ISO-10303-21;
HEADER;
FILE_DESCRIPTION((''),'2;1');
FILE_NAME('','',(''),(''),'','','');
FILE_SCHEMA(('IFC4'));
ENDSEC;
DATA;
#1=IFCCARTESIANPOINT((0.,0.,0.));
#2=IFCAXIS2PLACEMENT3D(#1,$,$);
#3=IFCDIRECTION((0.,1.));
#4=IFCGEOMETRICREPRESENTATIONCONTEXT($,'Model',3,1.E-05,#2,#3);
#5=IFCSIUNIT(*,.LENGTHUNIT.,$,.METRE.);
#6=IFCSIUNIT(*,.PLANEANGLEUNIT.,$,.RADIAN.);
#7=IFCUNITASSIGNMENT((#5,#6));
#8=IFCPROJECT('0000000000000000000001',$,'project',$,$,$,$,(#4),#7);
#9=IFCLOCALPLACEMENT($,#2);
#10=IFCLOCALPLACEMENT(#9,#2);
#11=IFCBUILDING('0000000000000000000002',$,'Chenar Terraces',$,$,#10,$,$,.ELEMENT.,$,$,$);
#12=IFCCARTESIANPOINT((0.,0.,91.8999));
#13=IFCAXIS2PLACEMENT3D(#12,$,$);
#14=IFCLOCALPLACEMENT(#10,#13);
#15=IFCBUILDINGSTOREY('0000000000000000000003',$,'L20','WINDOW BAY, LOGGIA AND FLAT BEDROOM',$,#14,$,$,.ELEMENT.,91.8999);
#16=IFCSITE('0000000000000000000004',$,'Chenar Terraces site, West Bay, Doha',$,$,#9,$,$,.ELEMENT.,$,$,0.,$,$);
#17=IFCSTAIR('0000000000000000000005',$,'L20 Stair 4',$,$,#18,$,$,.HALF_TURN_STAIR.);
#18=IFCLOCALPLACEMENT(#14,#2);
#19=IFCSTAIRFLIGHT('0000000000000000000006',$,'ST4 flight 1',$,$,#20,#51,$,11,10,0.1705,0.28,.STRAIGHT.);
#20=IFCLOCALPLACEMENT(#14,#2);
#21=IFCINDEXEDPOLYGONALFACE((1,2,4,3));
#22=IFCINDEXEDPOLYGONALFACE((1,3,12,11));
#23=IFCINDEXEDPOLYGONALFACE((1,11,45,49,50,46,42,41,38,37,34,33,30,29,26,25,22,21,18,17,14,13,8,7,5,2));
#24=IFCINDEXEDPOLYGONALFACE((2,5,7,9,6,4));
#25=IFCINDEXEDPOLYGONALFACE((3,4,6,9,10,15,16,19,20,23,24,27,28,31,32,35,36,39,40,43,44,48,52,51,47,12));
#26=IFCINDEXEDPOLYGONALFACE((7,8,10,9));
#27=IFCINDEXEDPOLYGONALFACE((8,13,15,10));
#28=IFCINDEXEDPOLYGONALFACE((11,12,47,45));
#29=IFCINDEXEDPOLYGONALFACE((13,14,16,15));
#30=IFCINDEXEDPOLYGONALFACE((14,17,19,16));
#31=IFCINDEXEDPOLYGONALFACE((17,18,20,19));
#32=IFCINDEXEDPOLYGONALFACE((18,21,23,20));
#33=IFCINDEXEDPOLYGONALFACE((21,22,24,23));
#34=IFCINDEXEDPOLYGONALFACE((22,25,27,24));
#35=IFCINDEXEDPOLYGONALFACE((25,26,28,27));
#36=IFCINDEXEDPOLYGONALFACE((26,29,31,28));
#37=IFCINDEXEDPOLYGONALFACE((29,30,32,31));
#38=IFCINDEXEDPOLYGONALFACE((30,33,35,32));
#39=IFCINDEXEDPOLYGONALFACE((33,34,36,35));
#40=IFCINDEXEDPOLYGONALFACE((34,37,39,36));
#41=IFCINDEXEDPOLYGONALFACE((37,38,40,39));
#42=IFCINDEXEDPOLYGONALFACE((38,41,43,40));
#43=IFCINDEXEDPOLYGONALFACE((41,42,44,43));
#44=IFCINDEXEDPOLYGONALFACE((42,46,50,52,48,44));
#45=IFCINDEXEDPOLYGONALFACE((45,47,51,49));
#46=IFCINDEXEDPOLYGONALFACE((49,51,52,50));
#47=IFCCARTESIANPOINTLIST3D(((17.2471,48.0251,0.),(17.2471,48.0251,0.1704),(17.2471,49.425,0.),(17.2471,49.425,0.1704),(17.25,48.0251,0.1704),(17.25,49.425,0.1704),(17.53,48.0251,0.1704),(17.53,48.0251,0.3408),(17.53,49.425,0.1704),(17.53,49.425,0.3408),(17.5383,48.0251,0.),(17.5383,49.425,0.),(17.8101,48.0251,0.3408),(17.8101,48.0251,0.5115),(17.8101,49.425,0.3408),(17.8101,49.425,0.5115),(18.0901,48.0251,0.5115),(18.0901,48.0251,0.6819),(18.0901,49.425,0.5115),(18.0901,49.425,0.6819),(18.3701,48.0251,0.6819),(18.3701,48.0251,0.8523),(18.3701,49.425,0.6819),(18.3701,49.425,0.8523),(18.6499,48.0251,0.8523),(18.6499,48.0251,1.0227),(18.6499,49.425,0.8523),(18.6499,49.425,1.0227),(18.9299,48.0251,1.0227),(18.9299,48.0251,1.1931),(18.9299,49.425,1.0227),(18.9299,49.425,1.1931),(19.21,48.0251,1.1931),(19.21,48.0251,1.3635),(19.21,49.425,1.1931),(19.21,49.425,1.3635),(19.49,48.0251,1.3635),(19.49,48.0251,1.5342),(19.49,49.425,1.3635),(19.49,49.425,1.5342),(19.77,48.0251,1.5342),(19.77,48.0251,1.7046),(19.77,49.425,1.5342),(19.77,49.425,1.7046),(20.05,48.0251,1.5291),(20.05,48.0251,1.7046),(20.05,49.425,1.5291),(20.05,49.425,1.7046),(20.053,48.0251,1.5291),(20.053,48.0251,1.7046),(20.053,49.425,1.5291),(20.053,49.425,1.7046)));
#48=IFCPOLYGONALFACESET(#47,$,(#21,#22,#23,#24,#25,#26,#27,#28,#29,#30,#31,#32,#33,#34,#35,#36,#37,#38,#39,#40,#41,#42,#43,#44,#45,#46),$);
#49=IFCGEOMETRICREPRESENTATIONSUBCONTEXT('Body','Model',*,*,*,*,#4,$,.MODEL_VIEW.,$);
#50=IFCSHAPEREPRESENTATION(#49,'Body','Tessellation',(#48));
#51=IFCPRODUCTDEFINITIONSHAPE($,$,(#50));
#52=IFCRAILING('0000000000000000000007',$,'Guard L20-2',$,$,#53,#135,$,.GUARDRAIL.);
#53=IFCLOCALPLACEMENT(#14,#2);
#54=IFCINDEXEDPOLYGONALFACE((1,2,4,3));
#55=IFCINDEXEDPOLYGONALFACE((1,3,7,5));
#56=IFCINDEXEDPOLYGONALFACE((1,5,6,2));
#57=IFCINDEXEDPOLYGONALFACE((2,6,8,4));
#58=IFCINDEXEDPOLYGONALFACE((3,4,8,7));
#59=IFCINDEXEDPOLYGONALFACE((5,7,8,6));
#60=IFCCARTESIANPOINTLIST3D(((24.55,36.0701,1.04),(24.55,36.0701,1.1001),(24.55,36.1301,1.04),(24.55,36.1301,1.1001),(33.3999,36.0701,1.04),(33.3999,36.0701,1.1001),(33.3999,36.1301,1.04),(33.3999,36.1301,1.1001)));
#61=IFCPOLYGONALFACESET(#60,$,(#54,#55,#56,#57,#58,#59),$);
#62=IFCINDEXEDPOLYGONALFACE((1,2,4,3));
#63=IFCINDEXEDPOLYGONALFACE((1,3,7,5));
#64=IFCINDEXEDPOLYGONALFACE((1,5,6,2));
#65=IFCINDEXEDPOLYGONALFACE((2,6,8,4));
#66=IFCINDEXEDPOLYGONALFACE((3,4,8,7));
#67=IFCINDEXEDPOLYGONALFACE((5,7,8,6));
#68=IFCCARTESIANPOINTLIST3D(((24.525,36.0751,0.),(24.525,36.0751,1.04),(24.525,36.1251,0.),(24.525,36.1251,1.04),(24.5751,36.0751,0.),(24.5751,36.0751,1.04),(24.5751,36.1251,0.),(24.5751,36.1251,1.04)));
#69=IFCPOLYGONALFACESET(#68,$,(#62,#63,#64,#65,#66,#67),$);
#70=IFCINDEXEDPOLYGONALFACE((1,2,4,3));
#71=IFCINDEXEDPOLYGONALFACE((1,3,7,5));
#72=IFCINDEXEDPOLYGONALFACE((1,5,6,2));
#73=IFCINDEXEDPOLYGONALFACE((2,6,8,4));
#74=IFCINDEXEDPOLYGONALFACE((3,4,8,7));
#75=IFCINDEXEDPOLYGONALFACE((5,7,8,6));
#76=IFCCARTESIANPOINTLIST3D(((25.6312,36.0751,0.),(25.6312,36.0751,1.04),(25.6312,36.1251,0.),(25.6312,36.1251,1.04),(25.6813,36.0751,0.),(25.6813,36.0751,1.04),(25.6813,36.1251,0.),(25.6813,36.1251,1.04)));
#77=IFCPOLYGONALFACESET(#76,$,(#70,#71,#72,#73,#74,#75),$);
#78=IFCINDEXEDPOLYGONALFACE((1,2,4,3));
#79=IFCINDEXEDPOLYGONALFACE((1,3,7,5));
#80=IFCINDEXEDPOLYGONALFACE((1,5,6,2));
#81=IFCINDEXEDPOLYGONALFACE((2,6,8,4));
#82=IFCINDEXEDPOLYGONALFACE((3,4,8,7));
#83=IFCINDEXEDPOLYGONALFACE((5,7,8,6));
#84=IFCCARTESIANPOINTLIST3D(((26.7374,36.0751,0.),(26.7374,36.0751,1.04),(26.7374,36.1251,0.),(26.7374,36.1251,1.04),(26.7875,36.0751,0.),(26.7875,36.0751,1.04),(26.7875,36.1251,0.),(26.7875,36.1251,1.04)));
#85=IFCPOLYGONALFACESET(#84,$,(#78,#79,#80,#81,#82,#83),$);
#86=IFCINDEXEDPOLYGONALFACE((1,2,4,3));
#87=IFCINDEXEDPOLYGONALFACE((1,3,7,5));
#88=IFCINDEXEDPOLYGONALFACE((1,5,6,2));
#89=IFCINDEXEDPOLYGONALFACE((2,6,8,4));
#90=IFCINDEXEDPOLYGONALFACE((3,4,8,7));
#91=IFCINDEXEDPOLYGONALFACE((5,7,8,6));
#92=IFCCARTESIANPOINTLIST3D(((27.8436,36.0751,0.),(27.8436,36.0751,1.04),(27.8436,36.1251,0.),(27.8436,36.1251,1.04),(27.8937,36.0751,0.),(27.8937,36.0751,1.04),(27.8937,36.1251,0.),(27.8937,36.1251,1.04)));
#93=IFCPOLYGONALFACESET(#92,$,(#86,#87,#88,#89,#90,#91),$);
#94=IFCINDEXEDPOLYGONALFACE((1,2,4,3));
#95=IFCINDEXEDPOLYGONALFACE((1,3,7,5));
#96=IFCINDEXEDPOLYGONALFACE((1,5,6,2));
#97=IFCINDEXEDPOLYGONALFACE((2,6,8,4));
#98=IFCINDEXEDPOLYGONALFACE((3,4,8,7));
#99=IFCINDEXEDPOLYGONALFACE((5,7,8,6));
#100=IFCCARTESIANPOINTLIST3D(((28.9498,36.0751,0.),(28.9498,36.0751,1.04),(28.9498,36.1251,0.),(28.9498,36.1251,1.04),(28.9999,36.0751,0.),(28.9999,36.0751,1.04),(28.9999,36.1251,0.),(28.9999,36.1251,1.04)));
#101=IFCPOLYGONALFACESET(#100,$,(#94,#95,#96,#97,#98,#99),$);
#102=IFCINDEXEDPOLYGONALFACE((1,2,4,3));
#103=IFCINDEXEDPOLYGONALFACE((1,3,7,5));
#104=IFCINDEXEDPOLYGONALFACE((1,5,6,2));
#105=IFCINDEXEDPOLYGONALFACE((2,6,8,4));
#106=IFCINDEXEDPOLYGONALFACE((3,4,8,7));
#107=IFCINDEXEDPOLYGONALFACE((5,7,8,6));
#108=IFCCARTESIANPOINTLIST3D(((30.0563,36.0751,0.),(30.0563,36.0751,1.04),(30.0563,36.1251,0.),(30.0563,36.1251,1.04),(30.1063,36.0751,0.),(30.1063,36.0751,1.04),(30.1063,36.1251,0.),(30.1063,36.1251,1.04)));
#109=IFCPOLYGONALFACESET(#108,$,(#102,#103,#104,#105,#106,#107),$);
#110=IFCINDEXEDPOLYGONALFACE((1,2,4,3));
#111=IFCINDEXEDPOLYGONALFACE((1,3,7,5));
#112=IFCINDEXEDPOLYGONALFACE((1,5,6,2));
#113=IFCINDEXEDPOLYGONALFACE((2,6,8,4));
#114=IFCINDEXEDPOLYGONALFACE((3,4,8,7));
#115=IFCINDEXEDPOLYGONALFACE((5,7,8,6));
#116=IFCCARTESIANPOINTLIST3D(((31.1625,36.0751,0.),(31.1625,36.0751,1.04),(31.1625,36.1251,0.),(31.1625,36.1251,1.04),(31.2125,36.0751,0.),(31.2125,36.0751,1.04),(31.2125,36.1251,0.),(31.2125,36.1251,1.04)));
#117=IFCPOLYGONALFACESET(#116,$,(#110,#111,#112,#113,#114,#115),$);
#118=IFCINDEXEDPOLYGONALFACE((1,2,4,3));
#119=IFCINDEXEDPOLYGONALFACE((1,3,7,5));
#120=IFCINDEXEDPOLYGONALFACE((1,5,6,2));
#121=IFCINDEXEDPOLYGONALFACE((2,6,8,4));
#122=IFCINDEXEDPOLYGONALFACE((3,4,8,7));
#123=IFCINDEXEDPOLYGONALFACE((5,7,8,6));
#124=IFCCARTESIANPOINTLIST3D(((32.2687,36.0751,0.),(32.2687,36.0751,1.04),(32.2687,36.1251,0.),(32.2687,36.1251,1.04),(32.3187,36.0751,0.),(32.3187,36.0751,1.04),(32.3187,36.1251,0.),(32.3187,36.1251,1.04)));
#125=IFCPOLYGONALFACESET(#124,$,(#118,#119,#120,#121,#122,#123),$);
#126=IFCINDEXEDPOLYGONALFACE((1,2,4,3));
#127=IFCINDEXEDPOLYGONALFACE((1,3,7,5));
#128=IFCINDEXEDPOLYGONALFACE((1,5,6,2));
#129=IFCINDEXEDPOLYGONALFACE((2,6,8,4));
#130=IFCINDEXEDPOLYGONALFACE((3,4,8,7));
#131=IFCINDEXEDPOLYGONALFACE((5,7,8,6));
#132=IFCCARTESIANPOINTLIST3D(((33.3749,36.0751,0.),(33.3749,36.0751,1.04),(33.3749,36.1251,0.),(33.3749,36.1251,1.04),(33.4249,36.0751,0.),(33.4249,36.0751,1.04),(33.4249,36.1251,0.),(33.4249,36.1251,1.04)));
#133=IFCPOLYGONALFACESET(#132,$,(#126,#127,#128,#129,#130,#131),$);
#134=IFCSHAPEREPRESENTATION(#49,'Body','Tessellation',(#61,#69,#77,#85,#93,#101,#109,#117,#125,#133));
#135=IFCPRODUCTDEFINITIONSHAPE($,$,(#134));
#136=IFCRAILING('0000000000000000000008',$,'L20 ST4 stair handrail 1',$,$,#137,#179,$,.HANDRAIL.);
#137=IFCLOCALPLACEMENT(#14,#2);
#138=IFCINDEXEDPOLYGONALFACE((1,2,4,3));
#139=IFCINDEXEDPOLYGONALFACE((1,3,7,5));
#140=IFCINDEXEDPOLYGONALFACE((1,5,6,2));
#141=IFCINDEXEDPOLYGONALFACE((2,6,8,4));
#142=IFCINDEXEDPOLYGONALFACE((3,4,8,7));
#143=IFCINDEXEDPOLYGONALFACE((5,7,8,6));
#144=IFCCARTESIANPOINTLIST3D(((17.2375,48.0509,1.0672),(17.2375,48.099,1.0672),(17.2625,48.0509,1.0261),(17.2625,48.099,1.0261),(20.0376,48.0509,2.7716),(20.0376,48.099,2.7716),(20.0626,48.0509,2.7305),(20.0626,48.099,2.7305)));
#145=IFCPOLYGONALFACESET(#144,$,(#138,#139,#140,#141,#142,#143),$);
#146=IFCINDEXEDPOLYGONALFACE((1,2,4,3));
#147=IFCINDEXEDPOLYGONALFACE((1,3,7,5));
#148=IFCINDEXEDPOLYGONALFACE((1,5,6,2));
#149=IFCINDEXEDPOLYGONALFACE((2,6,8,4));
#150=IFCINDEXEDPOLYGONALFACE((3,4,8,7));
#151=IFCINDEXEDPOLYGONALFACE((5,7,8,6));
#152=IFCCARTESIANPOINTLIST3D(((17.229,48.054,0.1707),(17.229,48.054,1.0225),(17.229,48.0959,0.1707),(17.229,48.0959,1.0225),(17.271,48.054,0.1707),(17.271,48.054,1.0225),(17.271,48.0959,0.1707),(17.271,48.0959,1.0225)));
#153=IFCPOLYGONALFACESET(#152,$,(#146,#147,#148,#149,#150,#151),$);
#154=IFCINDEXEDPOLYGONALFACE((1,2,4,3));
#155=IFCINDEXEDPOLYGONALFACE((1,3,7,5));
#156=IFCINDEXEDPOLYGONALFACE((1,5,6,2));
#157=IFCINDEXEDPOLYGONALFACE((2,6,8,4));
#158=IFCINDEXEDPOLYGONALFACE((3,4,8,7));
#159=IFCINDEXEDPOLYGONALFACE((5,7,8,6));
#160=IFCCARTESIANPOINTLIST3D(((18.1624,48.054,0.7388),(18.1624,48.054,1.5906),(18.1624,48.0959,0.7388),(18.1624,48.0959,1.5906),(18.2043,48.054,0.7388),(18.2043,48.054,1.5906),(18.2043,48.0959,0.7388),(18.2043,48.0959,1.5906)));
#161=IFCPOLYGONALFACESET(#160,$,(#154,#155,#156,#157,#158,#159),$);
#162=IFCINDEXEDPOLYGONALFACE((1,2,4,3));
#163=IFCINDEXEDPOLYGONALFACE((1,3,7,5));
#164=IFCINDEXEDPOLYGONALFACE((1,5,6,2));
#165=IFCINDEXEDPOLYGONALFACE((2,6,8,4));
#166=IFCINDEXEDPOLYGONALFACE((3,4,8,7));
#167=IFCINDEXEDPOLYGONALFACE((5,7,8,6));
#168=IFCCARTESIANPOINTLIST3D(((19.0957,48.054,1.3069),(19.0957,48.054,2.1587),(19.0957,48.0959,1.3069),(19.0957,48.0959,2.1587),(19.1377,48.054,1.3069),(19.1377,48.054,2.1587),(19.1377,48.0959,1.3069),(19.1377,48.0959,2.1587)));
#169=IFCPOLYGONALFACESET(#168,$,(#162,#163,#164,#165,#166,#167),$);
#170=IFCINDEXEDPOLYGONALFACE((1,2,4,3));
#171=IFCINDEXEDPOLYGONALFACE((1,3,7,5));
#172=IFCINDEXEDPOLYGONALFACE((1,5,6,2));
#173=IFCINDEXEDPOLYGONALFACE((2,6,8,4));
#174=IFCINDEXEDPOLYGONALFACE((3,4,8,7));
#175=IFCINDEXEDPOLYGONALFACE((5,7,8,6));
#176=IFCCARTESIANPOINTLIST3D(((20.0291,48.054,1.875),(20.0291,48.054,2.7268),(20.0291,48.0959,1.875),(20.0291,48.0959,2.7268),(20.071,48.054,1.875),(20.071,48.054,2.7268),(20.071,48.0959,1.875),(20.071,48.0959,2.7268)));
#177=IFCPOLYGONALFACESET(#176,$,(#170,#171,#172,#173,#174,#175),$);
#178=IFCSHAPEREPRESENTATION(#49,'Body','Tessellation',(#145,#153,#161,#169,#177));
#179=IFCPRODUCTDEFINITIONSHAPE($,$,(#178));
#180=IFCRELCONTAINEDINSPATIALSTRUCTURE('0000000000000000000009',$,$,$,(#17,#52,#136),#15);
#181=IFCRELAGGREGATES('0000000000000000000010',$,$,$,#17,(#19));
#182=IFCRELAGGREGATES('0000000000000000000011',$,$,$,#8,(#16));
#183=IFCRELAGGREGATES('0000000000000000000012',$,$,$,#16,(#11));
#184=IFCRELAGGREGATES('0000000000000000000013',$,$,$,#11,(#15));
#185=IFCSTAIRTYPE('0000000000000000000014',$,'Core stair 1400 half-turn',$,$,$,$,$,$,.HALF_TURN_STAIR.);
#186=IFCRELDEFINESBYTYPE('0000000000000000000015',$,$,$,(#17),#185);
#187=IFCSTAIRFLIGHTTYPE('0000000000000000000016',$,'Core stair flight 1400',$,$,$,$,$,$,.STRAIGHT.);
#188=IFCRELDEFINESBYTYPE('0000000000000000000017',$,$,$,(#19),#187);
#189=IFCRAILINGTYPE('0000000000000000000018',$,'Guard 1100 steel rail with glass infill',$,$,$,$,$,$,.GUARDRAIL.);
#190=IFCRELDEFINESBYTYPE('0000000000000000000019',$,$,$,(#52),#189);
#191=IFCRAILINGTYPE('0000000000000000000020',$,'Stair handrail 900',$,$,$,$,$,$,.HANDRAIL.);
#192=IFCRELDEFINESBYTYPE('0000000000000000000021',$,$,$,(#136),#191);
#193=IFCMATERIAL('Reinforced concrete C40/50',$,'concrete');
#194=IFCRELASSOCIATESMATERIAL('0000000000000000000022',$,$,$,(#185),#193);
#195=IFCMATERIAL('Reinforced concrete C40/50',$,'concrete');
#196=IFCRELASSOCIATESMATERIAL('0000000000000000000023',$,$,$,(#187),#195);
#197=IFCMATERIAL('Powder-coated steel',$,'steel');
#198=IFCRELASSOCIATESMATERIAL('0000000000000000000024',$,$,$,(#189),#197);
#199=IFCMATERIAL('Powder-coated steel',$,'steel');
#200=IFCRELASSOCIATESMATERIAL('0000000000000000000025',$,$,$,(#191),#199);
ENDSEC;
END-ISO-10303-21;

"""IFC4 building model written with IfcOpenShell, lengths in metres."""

from ifc_helpers import new_model, si_unit, direction, frame, origin, origin_2d, place, context, subcontext, project, spatial, polyline, rectangle, outline, extrude, material, type_object, element, aggregate, save


model = new_model("IFC4")

# Units and contexts
model_context = context("Model", 3, precision=1e-05, world=origin(), true_north=direction((0.0, 1.0)))
body_context = subcontext(model_context, "Body", "Model", "MODEL_VIEW")
ifc_project = project(units=[si_unit("LENGTHUNIT", "METRE"), si_unit("PLANEANGLEUNIT", "RADIAN")], contexts=[model_context])

# Site, building, storey
site_placement = place(None, origin())
site = spatial("IfcSite", under=ifc_project, at=site_placement, Name="Chenar Terraces site, West Bay, Doha", CompositionType="ELEMENT", RefElevation=0.0)
building_placement = place(site_placement, origin())
building = spatial("IfcBuilding", under=site, at=building_placement, Name="Chenar Terraces", CompositionType="ELEMENT")
storey_placement = place(building_placement, frame((0.0, 0.0, 91.8999)))
storey = spatial("IfcBuildingStorey", under=building, at=storey_placement, Name="L20", Description="WINDOW BAY, LOGGIA AND FLAT BEDROOM", CompositionType="ELEMENT", Elevation=91.8999)

# Stair, stair flight
ifc_material_1 = material(Name="Reinforced concrete C40/50", Category="concrete")
stair_type = type_object("IfcStairType", Name="Core stair 1400 half-turn", PredefinedType="HALF_TURN_STAIR", material=ifc_material_1)
stair_placement = place(storey_placement, origin())
stair = element("IfcStair", 1, at=stair_placement, inside=storey, type_object=stair_type, Name="L20 Stair 4", PredefinedType="HALF_TURN_STAIR")
ifc_material_2 = material(Name="Reinforced concrete C40/50", Category="concrete")
stair_flight_type = type_object("IfcStairFlightType", Name="Core stair flight 1400", PredefinedType="STRAIGHT", material=ifc_material_2)
stair_flight_placement = place(storey_placement, frame((17.25, 48.7251, 0.0), z_axis=(0.0, 0.0, 1.0), x_axis=(1.0, 0.0, 0.0)))
stair_flight = element("IfcStairFlight", 2, at=stair_flight_placement, type_object=stair_flight_type, Name="ST4 flight 1", NumberOfRisers=11, NumberOfTreads=10, PredefinedType="STRAIGHT", RiserHeight=0.1705, TreadLength=0.28, context=body_context, shape_type="SweptSolid", body=[
    extrude(outline(polyline([(-0.0029, 0.0), (-0.0029, 0.1704), (0.0, 0.1704), (0.28, 0.1704), (0.28, 0.3408), (0.5601, 0.3408), (0.5601, 0.5115), (0.8401, 0.5115), (0.8401, 0.6819), (1.1201, 0.6819), (1.1201, 0.8523), (1.3999, 0.8523), (1.3999, 1.0227), (1.6799, 1.0227), (1.6799, 1.1931), (1.96, 1.1931), (1.96, 1.3635), (2.24, 1.3635), (2.24, 1.5342), (2.52, 1.5342), (2.52, 1.7046), (2.8, 1.7046), (2.803, 1.7046), (2.803, 1.5291), (2.8, 1.5291), (0.2883, 0.0), (-0.0029, 0.0)])), frame((0.0, 0.7, 0.0), z_axis=(0.0, -1.0, 0.0), x_axis=(1.0, 0.0, 0.0)), (0.0, 0.0, 1.0), 1.3999),
])
aggregate(stair, [stair_flight])

# Railings
ifc_material_3 = material(Name="Powder-coated steel", Category="steel")
railing_type_1 = type_object("IfcRailingType", Name="Guard 1100 steel rail with glass infill", PredefinedType="GUARDRAIL", material=ifc_material_3)
railing_1_placement = place(storey_placement, frame((24.55, 36.1001, 0.0)))
element("IfcRailing", 3, at=railing_1_placement, inside=storey, type_object=railing_type_1, Name="Guard L20-2", PredefinedType="GUARDRAIL", context=body_context, shape_type="SweptSolid", body=[
    extrude(rectangle(XDim=0.0601, YDim=0.0601, at=origin_2d()), frame((0.0, 0.0, 1.0701), z_axis=(1.0, 0.0, 0.0), x_axis=(0.0, 1.0, 0.0)), (0.0, 0.0, 1.0), 8.8499),
    extrude(rectangle(XDim=0.05, YDim=0.05, at=origin_2d()), origin(), (0.0, 0.0, 1.0), 1.04),
    extrude(rectangle(XDim=0.05, YDim=0.05, at=origin_2d()), frame((1.1062, 0.0, 0.0)), (0.0, 0.0, 1.0), 1.04),
    extrude(rectangle(XDim=0.05, YDim=0.05, at=origin_2d()), frame((2.2124, 0.0, 0.0)), (0.0, 0.0, 1.0), 1.04),
    extrude(rectangle(XDim=0.05, YDim=0.05, at=origin_2d()), frame((3.3186, 0.0, 0.0)), (0.0, 0.0, 1.0), 1.04),
    extrude(rectangle(XDim=0.05, YDim=0.05, at=origin_2d()), frame((4.4248, 0.0, 0.0)), (0.0, 0.0, 1.0), 1.04),
    extrude(rectangle(XDim=0.05, YDim=0.05, at=origin_2d()), frame((5.5312, 0.0, 0.0)), (0.0, 0.0, 1.0), 1.04),
    extrude(rectangle(XDim=0.05, YDim=0.05, at=origin_2d()), frame((6.6375, 0.0, 0.0)), (0.0, 0.0, 1.0), 1.04),
    extrude(rectangle(XDim=0.05, YDim=0.05, at=origin_2d()), frame((7.7437, 0.0, 0.0)), (0.0, 0.0, 1.0), 1.04),
    extrude(rectangle(XDim=0.05, YDim=0.05, at=origin_2d()), frame((8.8499, 0.0, 0.0)), (0.0, 0.0, 1.0), 1.04),
])
ifc_material_4 = material(Name="Powder-coated steel", Category="steel")
railing_type_2 = type_object("IfcRailingType", Name="Stair handrail 900", PredefinedType="HANDRAIL", material=ifc_material_4)
railing_2_placement = place(storey_placement, frame((17.25, 48.075, 0.1707)))
element("IfcRailing", 4, at=railing_2_placement, inside=storey, type_object=railing_type_2, Name="L20 ST4 stair handrail 1", PredefinedType="HANDRAIL", context=body_context, shape_type="SweptSolid", body=[
    extrude(rectangle(XDim=0.0481, YDim=0.0481, at=origin_2d()), frame((0.0, 0.0, 0.876), z_axis=(0.854203, 0.0, 0.51994), x_axis=(0.0, 1.0, 0.0)), (0.0, 0.0, 1.0), 3.2781),
    extrude(rectangle(XDim=0.042, YDim=0.042, at=origin_2d()), origin(), (0.0, 0.0, 1.0), 0.8518),
    extrude(rectangle(XDim=0.042, YDim=0.042, at=origin_2d()), frame((0.9333, 0.0, 0.5681)), (0.0, 0.0, 1.0), 0.8518),
    extrude(rectangle(XDim=0.042, YDim=0.042, at=origin_2d()), frame((1.8667, 0.0, 1.1362)), (0.0, 0.0, 1.0), 0.8518),
    extrude(rectangle(XDim=0.042, YDim=0.042, at=origin_2d()), frame((2.8, 0.0, 1.7043)), (0.0, 0.0, 1.0), 0.8518),
])

save(model, "model.ifc")
